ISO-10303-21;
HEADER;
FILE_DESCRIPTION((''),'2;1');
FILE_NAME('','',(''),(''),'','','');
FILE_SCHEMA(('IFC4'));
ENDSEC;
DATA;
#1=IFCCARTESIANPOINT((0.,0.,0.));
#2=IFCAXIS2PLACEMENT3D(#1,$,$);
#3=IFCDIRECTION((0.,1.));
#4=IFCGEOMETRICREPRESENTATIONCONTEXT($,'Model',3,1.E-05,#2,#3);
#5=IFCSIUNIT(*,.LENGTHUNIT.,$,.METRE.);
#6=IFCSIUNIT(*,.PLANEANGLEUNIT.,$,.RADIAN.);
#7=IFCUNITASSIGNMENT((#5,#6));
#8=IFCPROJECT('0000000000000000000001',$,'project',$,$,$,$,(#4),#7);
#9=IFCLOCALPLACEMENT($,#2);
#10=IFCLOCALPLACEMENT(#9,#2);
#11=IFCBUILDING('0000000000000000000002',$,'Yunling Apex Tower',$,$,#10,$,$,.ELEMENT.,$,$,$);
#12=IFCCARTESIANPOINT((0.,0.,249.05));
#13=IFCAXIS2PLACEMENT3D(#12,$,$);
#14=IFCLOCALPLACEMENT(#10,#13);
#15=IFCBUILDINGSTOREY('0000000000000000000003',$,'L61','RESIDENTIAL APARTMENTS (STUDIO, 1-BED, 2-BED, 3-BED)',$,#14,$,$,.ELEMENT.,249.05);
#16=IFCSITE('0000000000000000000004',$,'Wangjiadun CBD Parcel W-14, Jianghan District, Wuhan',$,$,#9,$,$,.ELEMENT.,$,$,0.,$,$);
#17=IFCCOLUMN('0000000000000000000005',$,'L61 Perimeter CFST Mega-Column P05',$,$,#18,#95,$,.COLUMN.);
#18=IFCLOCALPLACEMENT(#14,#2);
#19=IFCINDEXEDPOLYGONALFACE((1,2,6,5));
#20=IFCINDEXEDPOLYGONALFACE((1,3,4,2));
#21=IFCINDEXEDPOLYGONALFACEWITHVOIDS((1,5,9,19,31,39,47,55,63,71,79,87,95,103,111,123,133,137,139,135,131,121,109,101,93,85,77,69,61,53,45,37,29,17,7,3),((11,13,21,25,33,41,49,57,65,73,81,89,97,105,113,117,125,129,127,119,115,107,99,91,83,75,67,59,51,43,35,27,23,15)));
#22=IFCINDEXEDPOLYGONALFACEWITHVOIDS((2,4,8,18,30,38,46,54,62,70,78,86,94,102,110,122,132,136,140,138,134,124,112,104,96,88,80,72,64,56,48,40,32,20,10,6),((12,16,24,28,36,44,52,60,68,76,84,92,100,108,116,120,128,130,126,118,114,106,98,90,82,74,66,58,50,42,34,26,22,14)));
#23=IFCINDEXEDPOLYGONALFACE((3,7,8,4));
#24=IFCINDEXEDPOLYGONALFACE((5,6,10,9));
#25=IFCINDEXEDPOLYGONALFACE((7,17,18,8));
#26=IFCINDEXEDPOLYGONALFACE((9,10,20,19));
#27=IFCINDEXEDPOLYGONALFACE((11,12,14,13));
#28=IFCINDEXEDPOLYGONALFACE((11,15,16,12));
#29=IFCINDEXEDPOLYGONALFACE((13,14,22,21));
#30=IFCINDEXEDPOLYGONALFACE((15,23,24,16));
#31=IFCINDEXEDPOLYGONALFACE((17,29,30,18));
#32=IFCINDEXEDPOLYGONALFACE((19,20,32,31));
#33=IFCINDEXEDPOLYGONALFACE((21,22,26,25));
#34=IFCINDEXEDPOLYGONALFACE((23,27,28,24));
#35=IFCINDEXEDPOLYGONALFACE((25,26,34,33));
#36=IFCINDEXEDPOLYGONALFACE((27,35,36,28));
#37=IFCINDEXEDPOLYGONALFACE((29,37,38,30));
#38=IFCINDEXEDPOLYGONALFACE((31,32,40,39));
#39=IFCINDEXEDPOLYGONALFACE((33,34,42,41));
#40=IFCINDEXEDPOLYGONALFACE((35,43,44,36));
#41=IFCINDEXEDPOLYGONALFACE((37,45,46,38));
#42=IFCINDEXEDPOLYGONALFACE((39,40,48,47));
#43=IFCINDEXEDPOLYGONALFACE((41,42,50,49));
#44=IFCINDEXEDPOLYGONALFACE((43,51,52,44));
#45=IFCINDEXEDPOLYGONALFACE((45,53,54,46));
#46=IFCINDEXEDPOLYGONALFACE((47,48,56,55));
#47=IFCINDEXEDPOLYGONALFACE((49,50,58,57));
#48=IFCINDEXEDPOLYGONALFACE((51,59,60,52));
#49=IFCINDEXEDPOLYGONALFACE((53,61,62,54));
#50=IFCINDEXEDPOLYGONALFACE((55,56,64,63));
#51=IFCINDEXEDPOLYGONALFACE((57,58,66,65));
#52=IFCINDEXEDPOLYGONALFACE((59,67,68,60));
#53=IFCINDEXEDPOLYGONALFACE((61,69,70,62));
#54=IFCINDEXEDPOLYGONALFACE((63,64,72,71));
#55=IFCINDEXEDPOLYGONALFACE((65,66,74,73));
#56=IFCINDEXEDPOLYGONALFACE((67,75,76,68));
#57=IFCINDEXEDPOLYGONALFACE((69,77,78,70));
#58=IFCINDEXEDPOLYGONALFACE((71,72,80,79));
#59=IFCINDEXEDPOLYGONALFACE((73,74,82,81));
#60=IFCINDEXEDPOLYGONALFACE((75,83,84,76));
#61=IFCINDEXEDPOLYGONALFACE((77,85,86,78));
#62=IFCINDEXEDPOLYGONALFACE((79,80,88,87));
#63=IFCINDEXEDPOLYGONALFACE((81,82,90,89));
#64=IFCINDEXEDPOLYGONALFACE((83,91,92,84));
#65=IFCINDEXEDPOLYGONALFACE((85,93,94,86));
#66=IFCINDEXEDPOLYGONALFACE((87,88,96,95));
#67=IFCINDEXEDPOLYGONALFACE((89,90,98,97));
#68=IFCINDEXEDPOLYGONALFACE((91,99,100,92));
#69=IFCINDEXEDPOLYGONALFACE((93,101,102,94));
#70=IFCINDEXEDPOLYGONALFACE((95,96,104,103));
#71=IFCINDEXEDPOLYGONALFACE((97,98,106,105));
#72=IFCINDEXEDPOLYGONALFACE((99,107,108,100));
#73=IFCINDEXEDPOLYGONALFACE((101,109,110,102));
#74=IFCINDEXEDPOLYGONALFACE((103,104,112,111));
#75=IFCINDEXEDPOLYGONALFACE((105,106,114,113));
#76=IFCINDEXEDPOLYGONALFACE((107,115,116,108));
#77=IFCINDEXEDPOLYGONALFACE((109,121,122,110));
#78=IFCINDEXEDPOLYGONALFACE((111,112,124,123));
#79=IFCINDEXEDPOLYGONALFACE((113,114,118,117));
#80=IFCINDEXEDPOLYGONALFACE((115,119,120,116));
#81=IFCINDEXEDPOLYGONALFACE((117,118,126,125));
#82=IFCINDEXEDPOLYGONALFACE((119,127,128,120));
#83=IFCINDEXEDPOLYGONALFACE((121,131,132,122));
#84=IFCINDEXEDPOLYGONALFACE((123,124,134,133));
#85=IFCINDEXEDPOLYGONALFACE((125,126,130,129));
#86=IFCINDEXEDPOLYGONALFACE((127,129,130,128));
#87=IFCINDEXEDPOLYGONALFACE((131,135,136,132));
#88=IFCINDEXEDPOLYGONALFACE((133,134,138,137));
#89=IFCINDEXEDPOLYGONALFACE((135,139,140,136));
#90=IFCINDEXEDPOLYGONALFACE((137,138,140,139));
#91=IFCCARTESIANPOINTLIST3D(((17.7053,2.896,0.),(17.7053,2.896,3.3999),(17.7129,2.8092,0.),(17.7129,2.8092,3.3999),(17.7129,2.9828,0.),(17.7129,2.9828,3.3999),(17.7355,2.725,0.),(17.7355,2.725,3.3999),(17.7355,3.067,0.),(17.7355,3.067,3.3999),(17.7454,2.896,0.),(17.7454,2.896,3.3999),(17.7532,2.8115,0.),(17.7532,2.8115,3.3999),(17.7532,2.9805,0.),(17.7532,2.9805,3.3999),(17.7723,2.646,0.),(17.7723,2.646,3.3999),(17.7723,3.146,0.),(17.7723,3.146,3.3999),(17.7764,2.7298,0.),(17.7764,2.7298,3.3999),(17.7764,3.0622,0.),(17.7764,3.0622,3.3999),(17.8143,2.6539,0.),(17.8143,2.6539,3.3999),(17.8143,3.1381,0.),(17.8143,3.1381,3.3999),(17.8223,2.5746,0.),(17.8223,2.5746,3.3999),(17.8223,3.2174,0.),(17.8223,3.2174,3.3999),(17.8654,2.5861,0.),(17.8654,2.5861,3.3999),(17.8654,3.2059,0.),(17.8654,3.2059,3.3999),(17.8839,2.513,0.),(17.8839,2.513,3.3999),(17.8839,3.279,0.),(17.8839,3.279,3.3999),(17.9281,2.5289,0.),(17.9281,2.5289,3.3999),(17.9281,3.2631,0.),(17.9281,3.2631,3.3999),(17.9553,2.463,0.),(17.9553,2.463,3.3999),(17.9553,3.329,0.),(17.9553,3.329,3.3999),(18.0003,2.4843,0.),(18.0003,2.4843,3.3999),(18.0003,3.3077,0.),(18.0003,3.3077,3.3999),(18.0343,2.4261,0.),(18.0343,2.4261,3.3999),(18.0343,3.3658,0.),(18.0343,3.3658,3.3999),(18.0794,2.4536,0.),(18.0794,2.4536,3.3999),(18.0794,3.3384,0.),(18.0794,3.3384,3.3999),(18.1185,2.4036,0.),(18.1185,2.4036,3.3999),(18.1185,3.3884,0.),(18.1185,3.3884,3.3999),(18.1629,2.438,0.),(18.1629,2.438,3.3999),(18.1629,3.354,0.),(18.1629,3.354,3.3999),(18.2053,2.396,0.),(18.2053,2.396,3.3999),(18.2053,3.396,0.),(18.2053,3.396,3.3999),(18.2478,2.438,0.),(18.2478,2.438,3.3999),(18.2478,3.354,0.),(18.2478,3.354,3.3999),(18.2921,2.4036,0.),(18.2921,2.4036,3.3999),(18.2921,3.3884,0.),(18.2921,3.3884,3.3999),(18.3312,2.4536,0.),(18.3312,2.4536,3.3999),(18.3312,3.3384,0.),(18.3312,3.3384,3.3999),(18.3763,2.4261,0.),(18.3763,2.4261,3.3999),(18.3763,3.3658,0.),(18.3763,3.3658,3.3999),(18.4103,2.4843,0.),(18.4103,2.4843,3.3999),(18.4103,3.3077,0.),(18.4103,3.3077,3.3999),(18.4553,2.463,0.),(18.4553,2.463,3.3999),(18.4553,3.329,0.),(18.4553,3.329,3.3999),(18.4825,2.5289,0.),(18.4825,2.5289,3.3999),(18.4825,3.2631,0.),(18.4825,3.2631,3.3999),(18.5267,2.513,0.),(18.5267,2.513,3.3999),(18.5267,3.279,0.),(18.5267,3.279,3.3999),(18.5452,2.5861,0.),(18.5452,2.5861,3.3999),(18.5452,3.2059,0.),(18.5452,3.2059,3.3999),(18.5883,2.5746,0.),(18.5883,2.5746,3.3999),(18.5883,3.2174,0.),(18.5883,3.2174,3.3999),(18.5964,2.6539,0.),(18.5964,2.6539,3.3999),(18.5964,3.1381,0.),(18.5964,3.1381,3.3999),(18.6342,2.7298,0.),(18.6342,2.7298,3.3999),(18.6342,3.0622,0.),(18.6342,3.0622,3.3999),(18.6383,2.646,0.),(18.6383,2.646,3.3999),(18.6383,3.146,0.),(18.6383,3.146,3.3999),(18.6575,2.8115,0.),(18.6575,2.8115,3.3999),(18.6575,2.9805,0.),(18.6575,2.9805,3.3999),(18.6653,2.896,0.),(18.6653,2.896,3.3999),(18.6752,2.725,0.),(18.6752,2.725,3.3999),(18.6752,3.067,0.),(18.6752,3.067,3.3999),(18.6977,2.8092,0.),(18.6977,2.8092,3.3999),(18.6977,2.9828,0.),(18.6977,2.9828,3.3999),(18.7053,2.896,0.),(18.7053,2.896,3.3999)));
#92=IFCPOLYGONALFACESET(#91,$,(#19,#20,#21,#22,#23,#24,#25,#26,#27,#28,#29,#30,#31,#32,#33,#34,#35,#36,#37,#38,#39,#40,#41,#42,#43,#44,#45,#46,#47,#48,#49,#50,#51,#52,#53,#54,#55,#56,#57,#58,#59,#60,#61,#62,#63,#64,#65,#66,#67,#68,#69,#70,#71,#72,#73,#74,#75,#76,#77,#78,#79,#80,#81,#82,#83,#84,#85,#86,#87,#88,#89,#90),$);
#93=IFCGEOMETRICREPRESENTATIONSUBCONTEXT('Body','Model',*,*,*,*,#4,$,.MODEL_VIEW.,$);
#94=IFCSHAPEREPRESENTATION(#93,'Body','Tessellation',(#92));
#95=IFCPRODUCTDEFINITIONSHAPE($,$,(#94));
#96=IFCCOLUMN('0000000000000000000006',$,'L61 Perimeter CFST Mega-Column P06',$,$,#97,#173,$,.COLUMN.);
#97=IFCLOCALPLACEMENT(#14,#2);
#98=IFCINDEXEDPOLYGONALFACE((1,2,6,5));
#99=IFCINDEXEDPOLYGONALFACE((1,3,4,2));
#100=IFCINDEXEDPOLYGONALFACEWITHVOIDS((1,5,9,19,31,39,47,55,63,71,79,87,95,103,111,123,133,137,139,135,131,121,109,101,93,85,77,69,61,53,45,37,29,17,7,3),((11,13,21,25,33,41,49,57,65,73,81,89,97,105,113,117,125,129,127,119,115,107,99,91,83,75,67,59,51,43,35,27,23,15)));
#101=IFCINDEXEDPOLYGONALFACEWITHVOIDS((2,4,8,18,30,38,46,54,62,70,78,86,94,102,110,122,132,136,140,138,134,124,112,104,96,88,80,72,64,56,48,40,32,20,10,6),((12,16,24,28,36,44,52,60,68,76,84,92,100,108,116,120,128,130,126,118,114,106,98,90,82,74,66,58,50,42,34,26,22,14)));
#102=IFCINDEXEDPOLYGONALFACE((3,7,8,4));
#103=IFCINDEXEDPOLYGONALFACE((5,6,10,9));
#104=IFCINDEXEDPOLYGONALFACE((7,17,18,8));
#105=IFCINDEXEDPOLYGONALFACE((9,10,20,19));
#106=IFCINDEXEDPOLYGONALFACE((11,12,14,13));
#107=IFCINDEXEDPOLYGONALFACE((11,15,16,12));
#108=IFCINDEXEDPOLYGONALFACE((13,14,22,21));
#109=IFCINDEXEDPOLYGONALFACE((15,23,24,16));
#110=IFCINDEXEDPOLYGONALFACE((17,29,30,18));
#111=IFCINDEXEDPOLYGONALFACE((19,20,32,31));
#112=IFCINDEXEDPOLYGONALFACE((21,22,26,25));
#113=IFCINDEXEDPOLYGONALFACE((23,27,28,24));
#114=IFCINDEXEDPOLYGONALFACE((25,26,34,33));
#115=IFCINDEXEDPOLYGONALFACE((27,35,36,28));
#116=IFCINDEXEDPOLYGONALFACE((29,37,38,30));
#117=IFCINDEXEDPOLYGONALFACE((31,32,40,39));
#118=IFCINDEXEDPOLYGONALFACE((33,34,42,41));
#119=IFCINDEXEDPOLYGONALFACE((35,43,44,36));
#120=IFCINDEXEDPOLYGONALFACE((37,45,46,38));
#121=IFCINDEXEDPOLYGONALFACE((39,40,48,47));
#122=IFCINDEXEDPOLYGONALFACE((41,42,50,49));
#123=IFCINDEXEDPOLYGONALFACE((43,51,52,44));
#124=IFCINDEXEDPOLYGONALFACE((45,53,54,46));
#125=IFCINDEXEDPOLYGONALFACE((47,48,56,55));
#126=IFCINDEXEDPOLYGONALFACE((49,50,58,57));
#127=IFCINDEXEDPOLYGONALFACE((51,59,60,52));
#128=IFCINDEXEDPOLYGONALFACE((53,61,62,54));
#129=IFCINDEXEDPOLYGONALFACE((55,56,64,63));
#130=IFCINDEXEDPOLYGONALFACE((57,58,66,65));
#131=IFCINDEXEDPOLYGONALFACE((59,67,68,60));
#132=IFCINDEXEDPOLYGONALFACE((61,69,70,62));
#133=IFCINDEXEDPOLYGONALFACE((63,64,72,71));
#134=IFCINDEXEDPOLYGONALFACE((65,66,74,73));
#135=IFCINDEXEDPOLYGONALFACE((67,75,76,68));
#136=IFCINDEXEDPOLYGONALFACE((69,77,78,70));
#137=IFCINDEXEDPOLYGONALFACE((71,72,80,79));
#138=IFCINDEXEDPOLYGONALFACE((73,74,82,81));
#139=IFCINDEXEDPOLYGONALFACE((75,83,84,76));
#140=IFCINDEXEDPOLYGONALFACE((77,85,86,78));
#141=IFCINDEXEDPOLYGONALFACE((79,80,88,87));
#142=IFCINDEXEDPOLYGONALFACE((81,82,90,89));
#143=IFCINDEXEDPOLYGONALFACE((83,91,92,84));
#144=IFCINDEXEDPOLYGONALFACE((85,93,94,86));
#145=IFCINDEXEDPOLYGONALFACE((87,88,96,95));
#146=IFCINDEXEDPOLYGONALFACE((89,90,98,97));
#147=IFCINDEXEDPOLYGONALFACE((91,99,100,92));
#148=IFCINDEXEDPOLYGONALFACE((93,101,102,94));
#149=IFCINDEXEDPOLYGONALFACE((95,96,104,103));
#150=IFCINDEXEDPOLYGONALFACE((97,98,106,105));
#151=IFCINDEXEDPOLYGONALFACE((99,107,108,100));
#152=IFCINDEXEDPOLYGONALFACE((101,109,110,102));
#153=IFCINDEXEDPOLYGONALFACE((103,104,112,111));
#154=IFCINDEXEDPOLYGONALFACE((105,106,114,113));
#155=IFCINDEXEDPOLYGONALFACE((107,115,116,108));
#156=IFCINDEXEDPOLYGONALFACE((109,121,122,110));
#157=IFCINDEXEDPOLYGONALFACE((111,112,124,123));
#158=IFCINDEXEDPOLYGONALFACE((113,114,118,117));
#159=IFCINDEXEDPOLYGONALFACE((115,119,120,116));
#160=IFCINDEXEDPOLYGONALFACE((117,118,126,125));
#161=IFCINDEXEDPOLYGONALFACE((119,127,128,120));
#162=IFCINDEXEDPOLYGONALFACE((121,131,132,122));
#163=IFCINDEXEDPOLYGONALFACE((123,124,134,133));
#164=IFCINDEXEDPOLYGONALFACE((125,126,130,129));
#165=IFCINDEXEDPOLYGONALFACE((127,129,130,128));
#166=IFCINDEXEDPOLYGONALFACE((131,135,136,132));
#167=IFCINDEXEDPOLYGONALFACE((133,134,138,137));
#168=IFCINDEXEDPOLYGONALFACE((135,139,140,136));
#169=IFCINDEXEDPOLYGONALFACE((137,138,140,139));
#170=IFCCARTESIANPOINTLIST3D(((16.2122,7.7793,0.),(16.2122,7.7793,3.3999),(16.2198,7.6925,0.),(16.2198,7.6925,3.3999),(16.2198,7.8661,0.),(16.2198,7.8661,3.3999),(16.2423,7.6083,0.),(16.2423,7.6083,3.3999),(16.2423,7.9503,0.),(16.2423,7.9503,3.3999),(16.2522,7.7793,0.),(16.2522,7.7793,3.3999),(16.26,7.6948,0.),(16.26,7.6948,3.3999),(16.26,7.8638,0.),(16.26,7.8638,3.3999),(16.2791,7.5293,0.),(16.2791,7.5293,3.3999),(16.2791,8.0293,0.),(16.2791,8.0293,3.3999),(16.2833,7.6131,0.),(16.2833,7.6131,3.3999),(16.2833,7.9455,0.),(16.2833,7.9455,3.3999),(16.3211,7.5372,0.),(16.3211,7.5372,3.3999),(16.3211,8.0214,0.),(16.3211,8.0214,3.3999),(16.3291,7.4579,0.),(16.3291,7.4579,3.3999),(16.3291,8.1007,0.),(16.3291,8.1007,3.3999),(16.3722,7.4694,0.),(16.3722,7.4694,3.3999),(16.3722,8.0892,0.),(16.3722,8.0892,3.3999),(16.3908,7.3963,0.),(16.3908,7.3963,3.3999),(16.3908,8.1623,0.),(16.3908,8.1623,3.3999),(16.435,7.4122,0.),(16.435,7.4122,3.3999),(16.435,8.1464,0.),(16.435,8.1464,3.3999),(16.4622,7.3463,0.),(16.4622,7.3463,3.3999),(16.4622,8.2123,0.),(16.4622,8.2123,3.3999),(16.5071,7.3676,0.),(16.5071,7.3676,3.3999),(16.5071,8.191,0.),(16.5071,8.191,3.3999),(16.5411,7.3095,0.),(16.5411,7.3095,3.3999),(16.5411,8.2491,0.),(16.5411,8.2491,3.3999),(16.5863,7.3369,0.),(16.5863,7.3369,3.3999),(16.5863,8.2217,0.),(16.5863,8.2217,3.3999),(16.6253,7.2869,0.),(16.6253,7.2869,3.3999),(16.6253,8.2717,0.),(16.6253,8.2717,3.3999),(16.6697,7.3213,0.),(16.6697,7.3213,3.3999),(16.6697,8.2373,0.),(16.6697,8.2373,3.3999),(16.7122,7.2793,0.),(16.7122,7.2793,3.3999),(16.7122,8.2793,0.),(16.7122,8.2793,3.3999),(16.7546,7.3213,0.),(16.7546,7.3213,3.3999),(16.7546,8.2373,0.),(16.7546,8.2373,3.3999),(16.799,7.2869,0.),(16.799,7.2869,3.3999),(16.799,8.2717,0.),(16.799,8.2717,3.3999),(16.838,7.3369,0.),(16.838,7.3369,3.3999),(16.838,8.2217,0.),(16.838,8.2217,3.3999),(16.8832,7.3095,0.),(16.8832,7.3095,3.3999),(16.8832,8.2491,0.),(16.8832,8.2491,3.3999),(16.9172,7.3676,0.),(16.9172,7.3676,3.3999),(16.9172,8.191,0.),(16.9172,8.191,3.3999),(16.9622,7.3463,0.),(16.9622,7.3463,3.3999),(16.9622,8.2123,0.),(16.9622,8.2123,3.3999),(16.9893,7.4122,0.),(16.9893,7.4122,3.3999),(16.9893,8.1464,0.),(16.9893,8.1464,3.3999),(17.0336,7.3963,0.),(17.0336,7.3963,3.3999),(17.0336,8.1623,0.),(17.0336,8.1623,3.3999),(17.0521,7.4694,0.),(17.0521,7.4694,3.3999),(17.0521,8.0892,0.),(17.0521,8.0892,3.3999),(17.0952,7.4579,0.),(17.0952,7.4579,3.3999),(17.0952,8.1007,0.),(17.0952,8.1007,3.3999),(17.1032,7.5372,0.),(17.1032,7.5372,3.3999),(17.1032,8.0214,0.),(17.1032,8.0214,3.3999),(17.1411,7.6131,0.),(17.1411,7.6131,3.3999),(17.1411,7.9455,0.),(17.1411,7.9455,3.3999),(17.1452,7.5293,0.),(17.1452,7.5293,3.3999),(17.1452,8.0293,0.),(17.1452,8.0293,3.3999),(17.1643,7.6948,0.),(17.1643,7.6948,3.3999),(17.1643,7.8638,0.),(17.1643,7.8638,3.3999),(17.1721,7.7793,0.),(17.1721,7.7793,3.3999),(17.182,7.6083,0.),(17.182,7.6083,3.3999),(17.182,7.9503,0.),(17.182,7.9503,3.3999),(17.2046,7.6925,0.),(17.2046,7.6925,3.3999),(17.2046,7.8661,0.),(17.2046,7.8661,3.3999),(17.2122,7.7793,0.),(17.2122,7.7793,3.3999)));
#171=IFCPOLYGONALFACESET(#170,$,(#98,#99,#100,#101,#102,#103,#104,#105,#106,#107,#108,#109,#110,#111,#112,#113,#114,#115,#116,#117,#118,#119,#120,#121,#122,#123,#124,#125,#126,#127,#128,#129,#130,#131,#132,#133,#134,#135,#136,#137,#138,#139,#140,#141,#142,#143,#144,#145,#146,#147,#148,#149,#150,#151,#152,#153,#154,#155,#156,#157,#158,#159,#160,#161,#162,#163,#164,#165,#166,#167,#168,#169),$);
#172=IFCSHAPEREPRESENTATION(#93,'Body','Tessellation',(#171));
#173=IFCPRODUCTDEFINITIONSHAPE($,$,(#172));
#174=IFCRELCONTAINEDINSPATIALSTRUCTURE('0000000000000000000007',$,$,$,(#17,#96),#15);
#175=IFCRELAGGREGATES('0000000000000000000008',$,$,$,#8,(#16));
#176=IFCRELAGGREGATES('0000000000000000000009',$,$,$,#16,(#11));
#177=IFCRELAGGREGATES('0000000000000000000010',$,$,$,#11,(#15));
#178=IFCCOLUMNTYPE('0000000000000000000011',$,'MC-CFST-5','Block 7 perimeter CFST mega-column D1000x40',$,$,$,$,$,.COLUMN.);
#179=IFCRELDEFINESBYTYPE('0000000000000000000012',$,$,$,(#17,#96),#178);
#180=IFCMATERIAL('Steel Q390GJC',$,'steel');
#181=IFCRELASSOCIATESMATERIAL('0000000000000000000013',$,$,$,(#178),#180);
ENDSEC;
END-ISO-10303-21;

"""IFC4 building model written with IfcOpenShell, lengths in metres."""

from ifc_helpers import new_model, si_unit, direction, frame, origin, origin_2d, place, context, subcontext, project, spatial, hollow_circle, extrude, source, transform, mapped, material, material_profile, profile_set, type_object, element, save


model = new_model("IFC4")

# Units and contexts
model_context = context("Model", 3, precision=1e-05, world=origin(), true_north=direction((0.0, 1.0)))
body_context = subcontext(model_context, "Body", "Model", "MODEL_VIEW")
ifc_project = project(units=[si_unit("LENGTHUNIT", "METRE"), si_unit("PLANEANGLEUNIT", "RADIAN")], contexts=[model_context])

# Site, building, storey
site_placement = place(None, origin())
site = spatial("IfcSite", under=ifc_project, at=site_placement, Name="Wangjiadun CBD Parcel W-14, Jianghan District, Wuhan", CompositionType="ELEMENT", RefElevation=0.0)
building_placement = place(site_placement, origin())
building = spatial("IfcBuilding", under=site, at=building_placement, Name="Yunling Apex Tower", CompositionType="ELEMENT")
storey_placement = place(building_placement, frame((0.0, 0.0, 249.05)))
storey = spatial("IfcBuildingStorey", under=building, at=storey_placement, Name="L61", Description="RESIDENTIAL APARTMENTS (STUDIO, 1-BED, 2-BED, 3-BED)", CompositionType="ELEMENT", Elevation=249.05)

# Columns
ifc_material_1 = material(Name="Steel Q390GJC", Category="steel")
ifc_material_profile_1 = material_profile(ifc_material_1, hollow_circle(Radius=0.5, WallThickness=0.04, at=origin_2d()))
ifc_profile_set_1 = profile_set([ifc_material_profile_1], Name="Steel Q390GJC")
column_type = type_object("IfcColumnType", Name="MC-CFST-5", Description="Block 7 perimeter CFST mega-column D1000x40", PredefinedType="COLUMN", material=ifc_profile_set_1)
shared_shape_1 = source(origin(), body_context, "Body", "SweptSolid", [
    extrude(hollow_circle(Radius=0.5, WallThickness=0.04, at=origin_2d()), origin(), (0.0, 0.0, 1.0), 3.3999),
])
for number, where, z_axis, x_axis, name in (
    (1, (18.2053, 2.896, 0.0), (0.0, 0.0, 1.0), (1.0, 0.0, 0.0), "L61 Perimeter CFST Mega-Column P05"),
    (2, (16.7122, 7.7793, 0.0), (0.0, 0.0, 1.0), (1.0, 0.0, 0.0), "L61 Perimeter CFST Mega-Column P06"),
):
    element("IfcColumn", number, at=place(storey_placement, frame(where, z_axis=z_axis, x_axis=x_axis)), inside=storey, type_object=column_type, Name=name, PredefinedType="COLUMN", context=body_context, shape_type="MappedRepresentation", body=[
        mapped(shared_shape_1, transform((0.0, 0.0, 0.0), scale=1.0)),
    ])

save(model, "model.ifc")
